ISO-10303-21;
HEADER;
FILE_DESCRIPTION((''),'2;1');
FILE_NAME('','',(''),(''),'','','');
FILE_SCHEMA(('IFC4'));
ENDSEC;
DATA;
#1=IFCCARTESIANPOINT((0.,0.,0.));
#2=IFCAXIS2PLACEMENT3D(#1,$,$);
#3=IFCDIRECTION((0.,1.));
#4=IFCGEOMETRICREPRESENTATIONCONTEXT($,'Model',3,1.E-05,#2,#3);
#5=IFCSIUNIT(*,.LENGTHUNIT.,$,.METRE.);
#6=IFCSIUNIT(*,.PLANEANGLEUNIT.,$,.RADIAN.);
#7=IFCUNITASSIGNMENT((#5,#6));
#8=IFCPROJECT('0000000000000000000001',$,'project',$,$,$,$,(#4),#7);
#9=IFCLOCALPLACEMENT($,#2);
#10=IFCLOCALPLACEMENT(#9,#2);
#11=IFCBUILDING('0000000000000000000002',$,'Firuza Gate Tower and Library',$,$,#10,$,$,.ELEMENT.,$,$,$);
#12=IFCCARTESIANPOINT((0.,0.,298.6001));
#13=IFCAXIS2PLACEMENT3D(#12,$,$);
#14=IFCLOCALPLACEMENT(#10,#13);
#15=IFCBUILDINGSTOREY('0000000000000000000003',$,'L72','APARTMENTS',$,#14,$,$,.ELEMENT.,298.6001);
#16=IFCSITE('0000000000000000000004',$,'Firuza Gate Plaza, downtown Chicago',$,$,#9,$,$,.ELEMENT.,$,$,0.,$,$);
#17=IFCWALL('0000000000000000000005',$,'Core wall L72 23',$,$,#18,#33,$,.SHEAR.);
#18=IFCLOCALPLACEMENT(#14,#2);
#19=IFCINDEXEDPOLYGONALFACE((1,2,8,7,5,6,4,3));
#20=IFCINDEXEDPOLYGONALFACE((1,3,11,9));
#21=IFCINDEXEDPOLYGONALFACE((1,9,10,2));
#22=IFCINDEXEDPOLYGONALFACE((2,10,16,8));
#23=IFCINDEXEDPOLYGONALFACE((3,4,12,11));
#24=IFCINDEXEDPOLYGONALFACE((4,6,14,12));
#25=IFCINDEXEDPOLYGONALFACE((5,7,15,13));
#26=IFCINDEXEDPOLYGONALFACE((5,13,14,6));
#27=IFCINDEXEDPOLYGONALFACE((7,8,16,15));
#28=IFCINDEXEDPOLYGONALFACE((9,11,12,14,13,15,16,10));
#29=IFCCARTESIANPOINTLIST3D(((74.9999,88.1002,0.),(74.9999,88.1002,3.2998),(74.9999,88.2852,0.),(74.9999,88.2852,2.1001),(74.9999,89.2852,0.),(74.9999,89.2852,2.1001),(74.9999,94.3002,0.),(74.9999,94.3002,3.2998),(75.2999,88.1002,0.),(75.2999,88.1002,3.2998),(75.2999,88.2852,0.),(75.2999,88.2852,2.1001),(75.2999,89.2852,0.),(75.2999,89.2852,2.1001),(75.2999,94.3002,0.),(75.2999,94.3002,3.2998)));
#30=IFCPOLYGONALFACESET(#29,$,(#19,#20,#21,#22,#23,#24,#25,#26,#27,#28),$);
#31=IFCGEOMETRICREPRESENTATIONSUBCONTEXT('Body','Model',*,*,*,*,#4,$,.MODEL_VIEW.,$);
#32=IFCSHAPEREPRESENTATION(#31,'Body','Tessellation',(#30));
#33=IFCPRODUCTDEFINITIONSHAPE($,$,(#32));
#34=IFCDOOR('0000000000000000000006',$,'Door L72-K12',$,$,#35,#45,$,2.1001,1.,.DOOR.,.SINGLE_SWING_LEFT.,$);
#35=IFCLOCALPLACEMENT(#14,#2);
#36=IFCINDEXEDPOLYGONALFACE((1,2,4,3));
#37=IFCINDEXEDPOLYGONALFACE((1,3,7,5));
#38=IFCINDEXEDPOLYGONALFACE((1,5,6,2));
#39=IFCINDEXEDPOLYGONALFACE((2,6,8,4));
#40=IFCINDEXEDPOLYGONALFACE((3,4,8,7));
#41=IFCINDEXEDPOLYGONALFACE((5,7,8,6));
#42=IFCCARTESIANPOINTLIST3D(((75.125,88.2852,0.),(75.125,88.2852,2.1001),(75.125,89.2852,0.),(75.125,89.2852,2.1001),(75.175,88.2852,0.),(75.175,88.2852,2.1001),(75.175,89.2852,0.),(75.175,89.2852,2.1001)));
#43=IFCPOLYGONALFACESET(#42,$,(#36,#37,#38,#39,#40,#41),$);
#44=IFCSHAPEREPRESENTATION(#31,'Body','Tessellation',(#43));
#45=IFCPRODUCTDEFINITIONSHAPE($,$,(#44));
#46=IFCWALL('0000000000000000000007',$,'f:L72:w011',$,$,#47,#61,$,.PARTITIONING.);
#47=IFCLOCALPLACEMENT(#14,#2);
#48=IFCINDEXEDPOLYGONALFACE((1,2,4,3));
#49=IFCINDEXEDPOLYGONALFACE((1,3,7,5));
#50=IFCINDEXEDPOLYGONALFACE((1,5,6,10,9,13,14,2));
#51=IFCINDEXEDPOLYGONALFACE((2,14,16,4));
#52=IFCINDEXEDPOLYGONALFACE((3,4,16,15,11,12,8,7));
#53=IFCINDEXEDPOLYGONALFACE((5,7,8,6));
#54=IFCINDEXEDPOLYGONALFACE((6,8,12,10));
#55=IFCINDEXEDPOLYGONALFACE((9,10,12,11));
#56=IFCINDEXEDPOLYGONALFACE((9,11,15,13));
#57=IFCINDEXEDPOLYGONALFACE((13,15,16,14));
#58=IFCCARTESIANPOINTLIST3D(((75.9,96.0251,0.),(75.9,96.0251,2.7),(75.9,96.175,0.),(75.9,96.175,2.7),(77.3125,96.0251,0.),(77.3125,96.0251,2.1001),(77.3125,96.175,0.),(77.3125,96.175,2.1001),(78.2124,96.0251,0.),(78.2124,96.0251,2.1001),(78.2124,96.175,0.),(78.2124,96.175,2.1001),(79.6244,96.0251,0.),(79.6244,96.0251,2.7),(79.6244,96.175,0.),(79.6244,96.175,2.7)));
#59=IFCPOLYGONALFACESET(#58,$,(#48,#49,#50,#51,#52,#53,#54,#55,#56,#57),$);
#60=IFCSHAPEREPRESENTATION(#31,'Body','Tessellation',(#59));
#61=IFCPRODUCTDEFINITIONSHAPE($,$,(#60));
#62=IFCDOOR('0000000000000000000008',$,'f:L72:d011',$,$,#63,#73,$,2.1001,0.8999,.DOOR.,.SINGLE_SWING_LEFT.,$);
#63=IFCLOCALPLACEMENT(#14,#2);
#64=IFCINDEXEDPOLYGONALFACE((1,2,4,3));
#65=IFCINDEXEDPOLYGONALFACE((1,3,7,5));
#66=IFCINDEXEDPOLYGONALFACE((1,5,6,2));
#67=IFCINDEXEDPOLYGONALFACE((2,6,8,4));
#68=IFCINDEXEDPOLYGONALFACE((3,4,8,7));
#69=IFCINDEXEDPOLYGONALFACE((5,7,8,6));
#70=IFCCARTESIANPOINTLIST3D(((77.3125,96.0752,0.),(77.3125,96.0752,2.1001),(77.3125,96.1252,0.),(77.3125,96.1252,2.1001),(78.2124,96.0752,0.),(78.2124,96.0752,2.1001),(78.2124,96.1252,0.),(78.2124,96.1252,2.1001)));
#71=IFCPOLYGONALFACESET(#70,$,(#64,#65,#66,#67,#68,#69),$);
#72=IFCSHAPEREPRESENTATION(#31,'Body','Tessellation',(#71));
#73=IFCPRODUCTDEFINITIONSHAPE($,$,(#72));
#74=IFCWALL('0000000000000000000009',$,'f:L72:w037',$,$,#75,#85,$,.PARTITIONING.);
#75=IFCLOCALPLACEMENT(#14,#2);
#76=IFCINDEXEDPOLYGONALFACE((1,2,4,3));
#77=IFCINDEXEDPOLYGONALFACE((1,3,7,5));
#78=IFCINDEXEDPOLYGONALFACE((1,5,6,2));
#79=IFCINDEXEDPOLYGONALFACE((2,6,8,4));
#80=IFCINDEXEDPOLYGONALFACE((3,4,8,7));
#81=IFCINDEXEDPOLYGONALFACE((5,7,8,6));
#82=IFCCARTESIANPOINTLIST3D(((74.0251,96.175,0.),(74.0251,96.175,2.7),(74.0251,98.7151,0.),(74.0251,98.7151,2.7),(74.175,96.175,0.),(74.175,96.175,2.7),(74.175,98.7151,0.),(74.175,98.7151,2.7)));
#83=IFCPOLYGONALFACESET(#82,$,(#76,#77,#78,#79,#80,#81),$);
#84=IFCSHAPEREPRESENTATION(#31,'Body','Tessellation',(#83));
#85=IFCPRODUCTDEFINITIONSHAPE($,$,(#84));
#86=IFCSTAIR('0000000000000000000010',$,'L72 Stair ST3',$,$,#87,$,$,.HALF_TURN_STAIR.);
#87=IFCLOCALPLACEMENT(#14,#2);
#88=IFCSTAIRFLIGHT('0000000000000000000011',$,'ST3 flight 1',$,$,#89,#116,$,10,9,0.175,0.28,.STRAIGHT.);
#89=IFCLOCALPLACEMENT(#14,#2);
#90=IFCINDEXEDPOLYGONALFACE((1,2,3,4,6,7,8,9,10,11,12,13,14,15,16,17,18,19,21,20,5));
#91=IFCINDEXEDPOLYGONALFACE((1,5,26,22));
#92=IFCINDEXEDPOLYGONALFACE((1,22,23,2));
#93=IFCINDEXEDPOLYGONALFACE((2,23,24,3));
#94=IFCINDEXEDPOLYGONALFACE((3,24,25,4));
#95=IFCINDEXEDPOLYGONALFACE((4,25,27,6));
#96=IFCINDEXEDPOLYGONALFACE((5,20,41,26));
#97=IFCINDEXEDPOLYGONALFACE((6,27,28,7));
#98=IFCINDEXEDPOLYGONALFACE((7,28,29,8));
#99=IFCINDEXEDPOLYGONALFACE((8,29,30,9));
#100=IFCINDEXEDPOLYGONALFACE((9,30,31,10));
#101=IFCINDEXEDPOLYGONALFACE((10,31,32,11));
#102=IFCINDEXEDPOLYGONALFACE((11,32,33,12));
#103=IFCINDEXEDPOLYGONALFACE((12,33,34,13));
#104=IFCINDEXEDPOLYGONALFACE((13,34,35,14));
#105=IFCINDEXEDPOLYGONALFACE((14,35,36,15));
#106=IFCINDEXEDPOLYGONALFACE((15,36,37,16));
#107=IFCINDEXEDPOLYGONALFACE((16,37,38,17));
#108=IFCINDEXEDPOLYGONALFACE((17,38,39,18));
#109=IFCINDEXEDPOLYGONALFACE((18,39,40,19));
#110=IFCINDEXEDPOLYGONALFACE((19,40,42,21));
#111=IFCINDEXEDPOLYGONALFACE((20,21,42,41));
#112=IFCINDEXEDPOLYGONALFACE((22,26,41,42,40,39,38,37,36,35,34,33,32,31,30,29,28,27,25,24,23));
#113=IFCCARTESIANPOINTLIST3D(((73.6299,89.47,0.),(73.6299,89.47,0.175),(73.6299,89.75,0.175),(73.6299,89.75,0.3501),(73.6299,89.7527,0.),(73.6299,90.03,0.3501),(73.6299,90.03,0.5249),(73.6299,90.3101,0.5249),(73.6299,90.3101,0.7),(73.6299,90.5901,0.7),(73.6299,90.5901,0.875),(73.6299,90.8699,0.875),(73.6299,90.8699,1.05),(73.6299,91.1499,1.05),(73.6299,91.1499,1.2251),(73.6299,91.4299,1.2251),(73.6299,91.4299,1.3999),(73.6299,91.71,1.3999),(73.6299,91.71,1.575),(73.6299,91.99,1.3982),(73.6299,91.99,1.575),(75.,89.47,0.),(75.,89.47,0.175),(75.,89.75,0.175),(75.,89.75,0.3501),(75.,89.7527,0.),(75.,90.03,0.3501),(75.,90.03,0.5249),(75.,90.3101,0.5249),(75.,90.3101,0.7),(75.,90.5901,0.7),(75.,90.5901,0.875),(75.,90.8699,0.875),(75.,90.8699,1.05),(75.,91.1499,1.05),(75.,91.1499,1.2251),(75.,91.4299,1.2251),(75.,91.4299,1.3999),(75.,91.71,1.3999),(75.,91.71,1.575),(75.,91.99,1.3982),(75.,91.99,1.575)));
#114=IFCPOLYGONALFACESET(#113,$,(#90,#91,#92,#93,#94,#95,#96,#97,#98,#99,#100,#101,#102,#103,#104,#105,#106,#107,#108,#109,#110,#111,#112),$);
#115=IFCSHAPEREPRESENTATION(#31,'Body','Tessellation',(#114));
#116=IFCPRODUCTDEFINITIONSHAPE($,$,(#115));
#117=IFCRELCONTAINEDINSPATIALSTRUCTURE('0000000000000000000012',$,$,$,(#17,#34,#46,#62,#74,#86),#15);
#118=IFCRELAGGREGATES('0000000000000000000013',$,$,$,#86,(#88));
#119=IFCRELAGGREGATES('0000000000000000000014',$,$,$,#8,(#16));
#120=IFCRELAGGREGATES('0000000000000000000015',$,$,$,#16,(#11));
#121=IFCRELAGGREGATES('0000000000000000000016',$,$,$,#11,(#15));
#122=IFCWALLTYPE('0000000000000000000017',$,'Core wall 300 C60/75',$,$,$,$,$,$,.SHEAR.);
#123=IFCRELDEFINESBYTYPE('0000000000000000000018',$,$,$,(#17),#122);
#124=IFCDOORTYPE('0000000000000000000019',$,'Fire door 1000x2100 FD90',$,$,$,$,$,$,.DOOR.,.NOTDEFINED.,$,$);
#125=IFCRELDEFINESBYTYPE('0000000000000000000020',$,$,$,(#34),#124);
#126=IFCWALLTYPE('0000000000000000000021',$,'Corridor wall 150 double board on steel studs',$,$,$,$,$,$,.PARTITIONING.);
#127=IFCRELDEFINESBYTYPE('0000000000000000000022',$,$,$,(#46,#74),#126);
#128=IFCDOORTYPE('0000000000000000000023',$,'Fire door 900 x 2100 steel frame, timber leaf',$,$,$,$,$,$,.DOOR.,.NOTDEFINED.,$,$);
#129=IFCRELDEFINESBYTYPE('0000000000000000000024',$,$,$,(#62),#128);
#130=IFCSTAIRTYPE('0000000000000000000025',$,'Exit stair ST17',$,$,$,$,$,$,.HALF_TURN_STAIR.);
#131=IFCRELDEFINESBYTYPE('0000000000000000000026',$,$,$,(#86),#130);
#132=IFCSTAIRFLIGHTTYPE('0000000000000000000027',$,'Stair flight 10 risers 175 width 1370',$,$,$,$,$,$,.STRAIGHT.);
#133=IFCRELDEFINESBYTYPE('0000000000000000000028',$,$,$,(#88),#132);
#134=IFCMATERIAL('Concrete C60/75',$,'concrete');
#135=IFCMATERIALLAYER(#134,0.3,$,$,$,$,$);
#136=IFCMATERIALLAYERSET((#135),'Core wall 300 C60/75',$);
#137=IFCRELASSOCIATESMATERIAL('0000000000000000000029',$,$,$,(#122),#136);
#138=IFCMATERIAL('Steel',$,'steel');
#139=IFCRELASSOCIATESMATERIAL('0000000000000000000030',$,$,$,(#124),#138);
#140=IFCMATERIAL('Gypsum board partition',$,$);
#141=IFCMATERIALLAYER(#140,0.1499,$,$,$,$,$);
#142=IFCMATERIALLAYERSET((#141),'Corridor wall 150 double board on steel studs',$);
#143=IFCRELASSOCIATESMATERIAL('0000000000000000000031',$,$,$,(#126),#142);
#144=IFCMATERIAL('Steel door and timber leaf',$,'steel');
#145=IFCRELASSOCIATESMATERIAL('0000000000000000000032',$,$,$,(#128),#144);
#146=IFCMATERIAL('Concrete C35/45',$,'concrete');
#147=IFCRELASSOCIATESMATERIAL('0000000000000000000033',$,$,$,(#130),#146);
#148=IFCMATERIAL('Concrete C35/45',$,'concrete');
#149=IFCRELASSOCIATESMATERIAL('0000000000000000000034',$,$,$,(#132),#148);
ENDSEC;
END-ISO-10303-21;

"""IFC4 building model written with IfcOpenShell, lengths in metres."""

from ifc_helpers import new_model, si_unit, direction, frame, frame_2d, origin, place, context, subcontext, project, spatial, polyline, rectangle, outline, extrude, material, layer, layer_set, type_object, element, fill, aggregate, save


model = new_model("IFC4")

# Units and contexts
model_context = context("Model", 3, precision=1e-05, world=origin(), true_north=direction((0.0, 1.0)))
body_context = subcontext(model_context, "Body", "Model", "MODEL_VIEW")
ifc_project = project(units=[si_unit("LENGTHUNIT", "METRE"), si_unit("PLANEANGLEUNIT", "RADIAN")], contexts=[model_context])

# Site, building, storey
site_placement = place(None, origin())
site = spatial("IfcSite", under=ifc_project, at=site_placement, Name="Firuza Gate Plaza, downtown Chicago", CompositionType="ELEMENT", RefElevation=0.0)
building_placement = place(site_placement, origin())
building = spatial("IfcBuilding", under=site, at=building_placement, Name="Firuza Gate Tower and Library", CompositionType="ELEMENT")
storey_placement = place(building_placement, frame((0.0, 0.0, 298.6001)))
storey = spatial("IfcBuildingStorey", under=building, at=storey_placement, Name="L72", Description="APARTMENTS", CompositionType="ELEMENT", Elevation=298.6001)

# Shared definitions
placement = place(storey_placement, origin())

# Shared definitions
ifc_material_1 = material(Name="Concrete C60/75", Category="concrete")
ifc_layer_1 = layer(ifc_material_1, 0.3)
ifc_layer_set_1 = layer_set([ifc_layer_1], Name="Core wall 300 C60/75")
wall_type_1 = type_object("IfcWallType", Name="Core wall 300 C60/75", PredefinedType="SHEAR", material=ifc_layer_set_1)

# Walls, openings, doors
wall_1_placement = place(storey_placement, frame((75.1499, 88.1001, 0.0), z_axis=(0.0, 0.0, 1.0), x_axis=(0.0, 1.0, 0.0)))
wall_1 = element("IfcWall", 1, at=wall_1_placement, inside=storey, type_object=wall_type_1, Name="Core wall L72 23", PredefinedType="SHEAR", context=body_context, shape_type="SweptSolid", body=[
    extrude(rectangle(XDim=6.2, YDim=0.3, at=frame_2d((3.1001, 0.0))), origin(), (0.0, 0.0, 1.0), 3.2998),
])
opening_1_placement = place(wall_1_placement, frame((0.1851, 0.0, 0.0)))
opening_1 = element("IfcOpeningElement", 2, at=opening_1_placement, cuts=wall_1, PredefinedType="OPENING", context=body_context, shape_type="SweptSolid", body=[
    extrude(rectangle(XDim=1.0, YDim=2.1001, at=frame_2d((0.5, 1.05))), frame((0.0, 0.1602, 0.0), z_axis=(0.0, -1.0, 0.0), x_axis=(1.0, 0.0, 0.0)), (0.0, 0.0, 1.0), 0.3201),
])
ifc_material_2 = material(Name="Steel", Category="steel")
door_type_1 = type_object("IfcDoorType", Name="Fire door 1000x2100 FD90", OperationType="NOTDEFINED", PredefinedType="DOOR", material=ifc_material_2)
door_1_placement = place(opening_1_placement, origin())
door_1 = element("IfcDoor", 3, at=door_1_placement, inside=storey, type_object=door_type_1, Name="Door L72-K12", OperationType="SINGLE_SWING_LEFT", OverallHeight=2.1001, OverallWidth=1.0, PredefinedType="DOOR", context=body_context, shape_type="SweptSolid", body=[
    extrude(rectangle(XDim=1.0, YDim=2.1001, at=frame_2d((0.5, 1.05))), frame((0.0, 0.0249, 0.0), z_axis=(0.0, -1.0, 0.0), x_axis=(1.0, 0.0, 0.0)), (0.0, 0.0, 1.0), 0.05),
])
fill(opening_1, door_1)
ifc_material_3 = material(Name="Gypsum board partition")
ifc_layer_2 = layer(ifc_material_3, 0.1499)
ifc_layer_set_2 = layer_set([ifc_layer_2], Name="Corridor wall 150 double board on steel studs")
wall_type_2 = type_object("IfcWallType", Name="Corridor wall 150 double board on steel studs", PredefinedType="PARTITIONING", material=ifc_layer_set_2)
wall_2_placement = place(storey_placement, frame((79.6245, 96.1001, 0.0), z_axis=(0.0, 0.0, 1.0), x_axis=(-1.0, 0.0, 0.0)))
wall_2 = element("IfcWall", 4, at=wall_2_placement, inside=storey, type_object=wall_type_2, Name="f:L72:w011", PredefinedType="PARTITIONING", context=body_context, shape_type="SweptSolid", body=[
    extrude(rectangle(XDim=3.7244, YDim=0.1499, at=frame_2d((1.8623, 0.0))), origin(), (0.0, 0.0, 1.0), 2.7),
])
opening_2_placement = place(wall_2_placement, frame((1.4121, 0.0, 0.0)))
opening_2 = element("IfcOpeningElement", 5, at=opening_2_placement, cuts=wall_2, PredefinedType="OPENING", context=body_context, shape_type="SweptSolid", body=[
    extrude(rectangle(XDim=0.8999, YDim=2.1001, at=frame_2d((0.45, 1.05))), frame((0.0, 0.085, 0.0), z_axis=(0.0, -1.0, 0.0), x_axis=(1.0, 0.0, 0.0)), (0.0, 0.0, 1.0), 0.1699),
])
ifc_material_4 = material(Name="Steel door and timber leaf", Category="steel")
door_type_2 = type_object("IfcDoorType", Name="Fire door 900 x 2100 steel frame, timber leaf", OperationType="NOTDEFINED", PredefinedType="DOOR", material=ifc_material_4)
door_2_placement = place(opening_2_placement, origin())
door_2 = element("IfcDoor", 6, at=door_2_placement, inside=storey, type_object=door_type_2, Name="f:L72:d011", OperationType="SINGLE_SWING_LEFT", OverallHeight=2.1001, OverallWidth=0.8999, PredefinedType="DOOR", context=body_context, shape_type="SweptSolid", body=[
    extrude(rectangle(XDim=0.8999, YDim=2.1001, at=frame_2d((0.45, 1.05))), frame((0.0, 0.0249, 0.0), z_axis=(0.0, -1.0, 0.0), x_axis=(1.0, 0.0, 0.0)), (0.0, 0.0, 1.0), 0.05),
])
fill(opening_2, door_2)

# Wall
wall_3_placement = place(storey_placement, frame((74.1001, 96.175, 0.0), z_axis=(0.0, 0.0, 1.0), x_axis=(0.0, 1.0, 0.0)))
element("IfcWall", 7, at=wall_3_placement, inside=storey, type_object=wall_type_2, Name="f:L72:w037", PredefinedType="PARTITIONING", context=body_context, shape_type="SweptSolid", body=[
    extrude(rectangle(XDim=2.54, YDim=0.1499, at=frame_2d((1.27, 0.0))), origin(), (0.0, 0.0, 1.0), 2.7),
])

# Stair, stair flight
ifc_material_5 = material(Name="Concrete C35/45", Category="concrete")
stair_type = type_object("IfcStairType", Name="Exit stair ST17", PredefinedType="HALF_TURN_STAIR", material=ifc_material_5)
stair = element("IfcStair", 8, at=placement, inside=storey, type_object=stair_type, Name="L72 Stair ST3", PredefinedType="HALF_TURN_STAIR")
ifc_material_6 = material(Name="Concrete C35/45", Category="concrete")
stair_flight_type = type_object("IfcStairFlightType", Name="Stair flight 10 risers 175 width 1370", PredefinedType="STRAIGHT", material=ifc_material_6)
stair_flight_placement = place(storey_placement, frame((74.3149, 89.47, 0.0), z_axis=(0.0, 0.0, 1.0), x_axis=(0.0, 1.0, 0.0)))
stair_flight = element("IfcStairFlight", 9, at=stair_flight_placement, type_object=stair_flight_type, Name="ST3 flight 1", NumberOfRisers=10, NumberOfTreads=9, PredefinedType="STRAIGHT", RiserHeight=0.175, TreadLength=0.28, context=body_context, shape_type="SweptSolid", body=[
    extrude(outline(polyline([(0.0, 0.0), (0.0, 0.175), (0.28, 0.175), (0.28, 0.3501), (0.5601, 0.3501), (0.5601, 0.5249), (0.8401, 0.5249), (0.8401, 0.7), (1.1201, 0.7), (1.1201, 0.875), (1.3999, 0.875), (1.3999, 1.05), (1.6799, 1.05), (1.6799, 1.2251), (1.96, 1.2251), (1.96, 1.3999), (2.24, 1.3999), (2.24, 1.575), (2.52, 1.575), (2.52, 1.75), (2.52, 1.3982), (0.2827, 0.0), (0.0, 0.0)])), frame((0.0, 0.6851, 0.0), z_axis=(0.0, -1.0, 0.0), x_axis=(1.0, 0.0, 0.0)), (0.0, 0.0, 1.0), 1.3701),
])
aggregate(stair, [stair_flight])

save(model, "model.ifc")
